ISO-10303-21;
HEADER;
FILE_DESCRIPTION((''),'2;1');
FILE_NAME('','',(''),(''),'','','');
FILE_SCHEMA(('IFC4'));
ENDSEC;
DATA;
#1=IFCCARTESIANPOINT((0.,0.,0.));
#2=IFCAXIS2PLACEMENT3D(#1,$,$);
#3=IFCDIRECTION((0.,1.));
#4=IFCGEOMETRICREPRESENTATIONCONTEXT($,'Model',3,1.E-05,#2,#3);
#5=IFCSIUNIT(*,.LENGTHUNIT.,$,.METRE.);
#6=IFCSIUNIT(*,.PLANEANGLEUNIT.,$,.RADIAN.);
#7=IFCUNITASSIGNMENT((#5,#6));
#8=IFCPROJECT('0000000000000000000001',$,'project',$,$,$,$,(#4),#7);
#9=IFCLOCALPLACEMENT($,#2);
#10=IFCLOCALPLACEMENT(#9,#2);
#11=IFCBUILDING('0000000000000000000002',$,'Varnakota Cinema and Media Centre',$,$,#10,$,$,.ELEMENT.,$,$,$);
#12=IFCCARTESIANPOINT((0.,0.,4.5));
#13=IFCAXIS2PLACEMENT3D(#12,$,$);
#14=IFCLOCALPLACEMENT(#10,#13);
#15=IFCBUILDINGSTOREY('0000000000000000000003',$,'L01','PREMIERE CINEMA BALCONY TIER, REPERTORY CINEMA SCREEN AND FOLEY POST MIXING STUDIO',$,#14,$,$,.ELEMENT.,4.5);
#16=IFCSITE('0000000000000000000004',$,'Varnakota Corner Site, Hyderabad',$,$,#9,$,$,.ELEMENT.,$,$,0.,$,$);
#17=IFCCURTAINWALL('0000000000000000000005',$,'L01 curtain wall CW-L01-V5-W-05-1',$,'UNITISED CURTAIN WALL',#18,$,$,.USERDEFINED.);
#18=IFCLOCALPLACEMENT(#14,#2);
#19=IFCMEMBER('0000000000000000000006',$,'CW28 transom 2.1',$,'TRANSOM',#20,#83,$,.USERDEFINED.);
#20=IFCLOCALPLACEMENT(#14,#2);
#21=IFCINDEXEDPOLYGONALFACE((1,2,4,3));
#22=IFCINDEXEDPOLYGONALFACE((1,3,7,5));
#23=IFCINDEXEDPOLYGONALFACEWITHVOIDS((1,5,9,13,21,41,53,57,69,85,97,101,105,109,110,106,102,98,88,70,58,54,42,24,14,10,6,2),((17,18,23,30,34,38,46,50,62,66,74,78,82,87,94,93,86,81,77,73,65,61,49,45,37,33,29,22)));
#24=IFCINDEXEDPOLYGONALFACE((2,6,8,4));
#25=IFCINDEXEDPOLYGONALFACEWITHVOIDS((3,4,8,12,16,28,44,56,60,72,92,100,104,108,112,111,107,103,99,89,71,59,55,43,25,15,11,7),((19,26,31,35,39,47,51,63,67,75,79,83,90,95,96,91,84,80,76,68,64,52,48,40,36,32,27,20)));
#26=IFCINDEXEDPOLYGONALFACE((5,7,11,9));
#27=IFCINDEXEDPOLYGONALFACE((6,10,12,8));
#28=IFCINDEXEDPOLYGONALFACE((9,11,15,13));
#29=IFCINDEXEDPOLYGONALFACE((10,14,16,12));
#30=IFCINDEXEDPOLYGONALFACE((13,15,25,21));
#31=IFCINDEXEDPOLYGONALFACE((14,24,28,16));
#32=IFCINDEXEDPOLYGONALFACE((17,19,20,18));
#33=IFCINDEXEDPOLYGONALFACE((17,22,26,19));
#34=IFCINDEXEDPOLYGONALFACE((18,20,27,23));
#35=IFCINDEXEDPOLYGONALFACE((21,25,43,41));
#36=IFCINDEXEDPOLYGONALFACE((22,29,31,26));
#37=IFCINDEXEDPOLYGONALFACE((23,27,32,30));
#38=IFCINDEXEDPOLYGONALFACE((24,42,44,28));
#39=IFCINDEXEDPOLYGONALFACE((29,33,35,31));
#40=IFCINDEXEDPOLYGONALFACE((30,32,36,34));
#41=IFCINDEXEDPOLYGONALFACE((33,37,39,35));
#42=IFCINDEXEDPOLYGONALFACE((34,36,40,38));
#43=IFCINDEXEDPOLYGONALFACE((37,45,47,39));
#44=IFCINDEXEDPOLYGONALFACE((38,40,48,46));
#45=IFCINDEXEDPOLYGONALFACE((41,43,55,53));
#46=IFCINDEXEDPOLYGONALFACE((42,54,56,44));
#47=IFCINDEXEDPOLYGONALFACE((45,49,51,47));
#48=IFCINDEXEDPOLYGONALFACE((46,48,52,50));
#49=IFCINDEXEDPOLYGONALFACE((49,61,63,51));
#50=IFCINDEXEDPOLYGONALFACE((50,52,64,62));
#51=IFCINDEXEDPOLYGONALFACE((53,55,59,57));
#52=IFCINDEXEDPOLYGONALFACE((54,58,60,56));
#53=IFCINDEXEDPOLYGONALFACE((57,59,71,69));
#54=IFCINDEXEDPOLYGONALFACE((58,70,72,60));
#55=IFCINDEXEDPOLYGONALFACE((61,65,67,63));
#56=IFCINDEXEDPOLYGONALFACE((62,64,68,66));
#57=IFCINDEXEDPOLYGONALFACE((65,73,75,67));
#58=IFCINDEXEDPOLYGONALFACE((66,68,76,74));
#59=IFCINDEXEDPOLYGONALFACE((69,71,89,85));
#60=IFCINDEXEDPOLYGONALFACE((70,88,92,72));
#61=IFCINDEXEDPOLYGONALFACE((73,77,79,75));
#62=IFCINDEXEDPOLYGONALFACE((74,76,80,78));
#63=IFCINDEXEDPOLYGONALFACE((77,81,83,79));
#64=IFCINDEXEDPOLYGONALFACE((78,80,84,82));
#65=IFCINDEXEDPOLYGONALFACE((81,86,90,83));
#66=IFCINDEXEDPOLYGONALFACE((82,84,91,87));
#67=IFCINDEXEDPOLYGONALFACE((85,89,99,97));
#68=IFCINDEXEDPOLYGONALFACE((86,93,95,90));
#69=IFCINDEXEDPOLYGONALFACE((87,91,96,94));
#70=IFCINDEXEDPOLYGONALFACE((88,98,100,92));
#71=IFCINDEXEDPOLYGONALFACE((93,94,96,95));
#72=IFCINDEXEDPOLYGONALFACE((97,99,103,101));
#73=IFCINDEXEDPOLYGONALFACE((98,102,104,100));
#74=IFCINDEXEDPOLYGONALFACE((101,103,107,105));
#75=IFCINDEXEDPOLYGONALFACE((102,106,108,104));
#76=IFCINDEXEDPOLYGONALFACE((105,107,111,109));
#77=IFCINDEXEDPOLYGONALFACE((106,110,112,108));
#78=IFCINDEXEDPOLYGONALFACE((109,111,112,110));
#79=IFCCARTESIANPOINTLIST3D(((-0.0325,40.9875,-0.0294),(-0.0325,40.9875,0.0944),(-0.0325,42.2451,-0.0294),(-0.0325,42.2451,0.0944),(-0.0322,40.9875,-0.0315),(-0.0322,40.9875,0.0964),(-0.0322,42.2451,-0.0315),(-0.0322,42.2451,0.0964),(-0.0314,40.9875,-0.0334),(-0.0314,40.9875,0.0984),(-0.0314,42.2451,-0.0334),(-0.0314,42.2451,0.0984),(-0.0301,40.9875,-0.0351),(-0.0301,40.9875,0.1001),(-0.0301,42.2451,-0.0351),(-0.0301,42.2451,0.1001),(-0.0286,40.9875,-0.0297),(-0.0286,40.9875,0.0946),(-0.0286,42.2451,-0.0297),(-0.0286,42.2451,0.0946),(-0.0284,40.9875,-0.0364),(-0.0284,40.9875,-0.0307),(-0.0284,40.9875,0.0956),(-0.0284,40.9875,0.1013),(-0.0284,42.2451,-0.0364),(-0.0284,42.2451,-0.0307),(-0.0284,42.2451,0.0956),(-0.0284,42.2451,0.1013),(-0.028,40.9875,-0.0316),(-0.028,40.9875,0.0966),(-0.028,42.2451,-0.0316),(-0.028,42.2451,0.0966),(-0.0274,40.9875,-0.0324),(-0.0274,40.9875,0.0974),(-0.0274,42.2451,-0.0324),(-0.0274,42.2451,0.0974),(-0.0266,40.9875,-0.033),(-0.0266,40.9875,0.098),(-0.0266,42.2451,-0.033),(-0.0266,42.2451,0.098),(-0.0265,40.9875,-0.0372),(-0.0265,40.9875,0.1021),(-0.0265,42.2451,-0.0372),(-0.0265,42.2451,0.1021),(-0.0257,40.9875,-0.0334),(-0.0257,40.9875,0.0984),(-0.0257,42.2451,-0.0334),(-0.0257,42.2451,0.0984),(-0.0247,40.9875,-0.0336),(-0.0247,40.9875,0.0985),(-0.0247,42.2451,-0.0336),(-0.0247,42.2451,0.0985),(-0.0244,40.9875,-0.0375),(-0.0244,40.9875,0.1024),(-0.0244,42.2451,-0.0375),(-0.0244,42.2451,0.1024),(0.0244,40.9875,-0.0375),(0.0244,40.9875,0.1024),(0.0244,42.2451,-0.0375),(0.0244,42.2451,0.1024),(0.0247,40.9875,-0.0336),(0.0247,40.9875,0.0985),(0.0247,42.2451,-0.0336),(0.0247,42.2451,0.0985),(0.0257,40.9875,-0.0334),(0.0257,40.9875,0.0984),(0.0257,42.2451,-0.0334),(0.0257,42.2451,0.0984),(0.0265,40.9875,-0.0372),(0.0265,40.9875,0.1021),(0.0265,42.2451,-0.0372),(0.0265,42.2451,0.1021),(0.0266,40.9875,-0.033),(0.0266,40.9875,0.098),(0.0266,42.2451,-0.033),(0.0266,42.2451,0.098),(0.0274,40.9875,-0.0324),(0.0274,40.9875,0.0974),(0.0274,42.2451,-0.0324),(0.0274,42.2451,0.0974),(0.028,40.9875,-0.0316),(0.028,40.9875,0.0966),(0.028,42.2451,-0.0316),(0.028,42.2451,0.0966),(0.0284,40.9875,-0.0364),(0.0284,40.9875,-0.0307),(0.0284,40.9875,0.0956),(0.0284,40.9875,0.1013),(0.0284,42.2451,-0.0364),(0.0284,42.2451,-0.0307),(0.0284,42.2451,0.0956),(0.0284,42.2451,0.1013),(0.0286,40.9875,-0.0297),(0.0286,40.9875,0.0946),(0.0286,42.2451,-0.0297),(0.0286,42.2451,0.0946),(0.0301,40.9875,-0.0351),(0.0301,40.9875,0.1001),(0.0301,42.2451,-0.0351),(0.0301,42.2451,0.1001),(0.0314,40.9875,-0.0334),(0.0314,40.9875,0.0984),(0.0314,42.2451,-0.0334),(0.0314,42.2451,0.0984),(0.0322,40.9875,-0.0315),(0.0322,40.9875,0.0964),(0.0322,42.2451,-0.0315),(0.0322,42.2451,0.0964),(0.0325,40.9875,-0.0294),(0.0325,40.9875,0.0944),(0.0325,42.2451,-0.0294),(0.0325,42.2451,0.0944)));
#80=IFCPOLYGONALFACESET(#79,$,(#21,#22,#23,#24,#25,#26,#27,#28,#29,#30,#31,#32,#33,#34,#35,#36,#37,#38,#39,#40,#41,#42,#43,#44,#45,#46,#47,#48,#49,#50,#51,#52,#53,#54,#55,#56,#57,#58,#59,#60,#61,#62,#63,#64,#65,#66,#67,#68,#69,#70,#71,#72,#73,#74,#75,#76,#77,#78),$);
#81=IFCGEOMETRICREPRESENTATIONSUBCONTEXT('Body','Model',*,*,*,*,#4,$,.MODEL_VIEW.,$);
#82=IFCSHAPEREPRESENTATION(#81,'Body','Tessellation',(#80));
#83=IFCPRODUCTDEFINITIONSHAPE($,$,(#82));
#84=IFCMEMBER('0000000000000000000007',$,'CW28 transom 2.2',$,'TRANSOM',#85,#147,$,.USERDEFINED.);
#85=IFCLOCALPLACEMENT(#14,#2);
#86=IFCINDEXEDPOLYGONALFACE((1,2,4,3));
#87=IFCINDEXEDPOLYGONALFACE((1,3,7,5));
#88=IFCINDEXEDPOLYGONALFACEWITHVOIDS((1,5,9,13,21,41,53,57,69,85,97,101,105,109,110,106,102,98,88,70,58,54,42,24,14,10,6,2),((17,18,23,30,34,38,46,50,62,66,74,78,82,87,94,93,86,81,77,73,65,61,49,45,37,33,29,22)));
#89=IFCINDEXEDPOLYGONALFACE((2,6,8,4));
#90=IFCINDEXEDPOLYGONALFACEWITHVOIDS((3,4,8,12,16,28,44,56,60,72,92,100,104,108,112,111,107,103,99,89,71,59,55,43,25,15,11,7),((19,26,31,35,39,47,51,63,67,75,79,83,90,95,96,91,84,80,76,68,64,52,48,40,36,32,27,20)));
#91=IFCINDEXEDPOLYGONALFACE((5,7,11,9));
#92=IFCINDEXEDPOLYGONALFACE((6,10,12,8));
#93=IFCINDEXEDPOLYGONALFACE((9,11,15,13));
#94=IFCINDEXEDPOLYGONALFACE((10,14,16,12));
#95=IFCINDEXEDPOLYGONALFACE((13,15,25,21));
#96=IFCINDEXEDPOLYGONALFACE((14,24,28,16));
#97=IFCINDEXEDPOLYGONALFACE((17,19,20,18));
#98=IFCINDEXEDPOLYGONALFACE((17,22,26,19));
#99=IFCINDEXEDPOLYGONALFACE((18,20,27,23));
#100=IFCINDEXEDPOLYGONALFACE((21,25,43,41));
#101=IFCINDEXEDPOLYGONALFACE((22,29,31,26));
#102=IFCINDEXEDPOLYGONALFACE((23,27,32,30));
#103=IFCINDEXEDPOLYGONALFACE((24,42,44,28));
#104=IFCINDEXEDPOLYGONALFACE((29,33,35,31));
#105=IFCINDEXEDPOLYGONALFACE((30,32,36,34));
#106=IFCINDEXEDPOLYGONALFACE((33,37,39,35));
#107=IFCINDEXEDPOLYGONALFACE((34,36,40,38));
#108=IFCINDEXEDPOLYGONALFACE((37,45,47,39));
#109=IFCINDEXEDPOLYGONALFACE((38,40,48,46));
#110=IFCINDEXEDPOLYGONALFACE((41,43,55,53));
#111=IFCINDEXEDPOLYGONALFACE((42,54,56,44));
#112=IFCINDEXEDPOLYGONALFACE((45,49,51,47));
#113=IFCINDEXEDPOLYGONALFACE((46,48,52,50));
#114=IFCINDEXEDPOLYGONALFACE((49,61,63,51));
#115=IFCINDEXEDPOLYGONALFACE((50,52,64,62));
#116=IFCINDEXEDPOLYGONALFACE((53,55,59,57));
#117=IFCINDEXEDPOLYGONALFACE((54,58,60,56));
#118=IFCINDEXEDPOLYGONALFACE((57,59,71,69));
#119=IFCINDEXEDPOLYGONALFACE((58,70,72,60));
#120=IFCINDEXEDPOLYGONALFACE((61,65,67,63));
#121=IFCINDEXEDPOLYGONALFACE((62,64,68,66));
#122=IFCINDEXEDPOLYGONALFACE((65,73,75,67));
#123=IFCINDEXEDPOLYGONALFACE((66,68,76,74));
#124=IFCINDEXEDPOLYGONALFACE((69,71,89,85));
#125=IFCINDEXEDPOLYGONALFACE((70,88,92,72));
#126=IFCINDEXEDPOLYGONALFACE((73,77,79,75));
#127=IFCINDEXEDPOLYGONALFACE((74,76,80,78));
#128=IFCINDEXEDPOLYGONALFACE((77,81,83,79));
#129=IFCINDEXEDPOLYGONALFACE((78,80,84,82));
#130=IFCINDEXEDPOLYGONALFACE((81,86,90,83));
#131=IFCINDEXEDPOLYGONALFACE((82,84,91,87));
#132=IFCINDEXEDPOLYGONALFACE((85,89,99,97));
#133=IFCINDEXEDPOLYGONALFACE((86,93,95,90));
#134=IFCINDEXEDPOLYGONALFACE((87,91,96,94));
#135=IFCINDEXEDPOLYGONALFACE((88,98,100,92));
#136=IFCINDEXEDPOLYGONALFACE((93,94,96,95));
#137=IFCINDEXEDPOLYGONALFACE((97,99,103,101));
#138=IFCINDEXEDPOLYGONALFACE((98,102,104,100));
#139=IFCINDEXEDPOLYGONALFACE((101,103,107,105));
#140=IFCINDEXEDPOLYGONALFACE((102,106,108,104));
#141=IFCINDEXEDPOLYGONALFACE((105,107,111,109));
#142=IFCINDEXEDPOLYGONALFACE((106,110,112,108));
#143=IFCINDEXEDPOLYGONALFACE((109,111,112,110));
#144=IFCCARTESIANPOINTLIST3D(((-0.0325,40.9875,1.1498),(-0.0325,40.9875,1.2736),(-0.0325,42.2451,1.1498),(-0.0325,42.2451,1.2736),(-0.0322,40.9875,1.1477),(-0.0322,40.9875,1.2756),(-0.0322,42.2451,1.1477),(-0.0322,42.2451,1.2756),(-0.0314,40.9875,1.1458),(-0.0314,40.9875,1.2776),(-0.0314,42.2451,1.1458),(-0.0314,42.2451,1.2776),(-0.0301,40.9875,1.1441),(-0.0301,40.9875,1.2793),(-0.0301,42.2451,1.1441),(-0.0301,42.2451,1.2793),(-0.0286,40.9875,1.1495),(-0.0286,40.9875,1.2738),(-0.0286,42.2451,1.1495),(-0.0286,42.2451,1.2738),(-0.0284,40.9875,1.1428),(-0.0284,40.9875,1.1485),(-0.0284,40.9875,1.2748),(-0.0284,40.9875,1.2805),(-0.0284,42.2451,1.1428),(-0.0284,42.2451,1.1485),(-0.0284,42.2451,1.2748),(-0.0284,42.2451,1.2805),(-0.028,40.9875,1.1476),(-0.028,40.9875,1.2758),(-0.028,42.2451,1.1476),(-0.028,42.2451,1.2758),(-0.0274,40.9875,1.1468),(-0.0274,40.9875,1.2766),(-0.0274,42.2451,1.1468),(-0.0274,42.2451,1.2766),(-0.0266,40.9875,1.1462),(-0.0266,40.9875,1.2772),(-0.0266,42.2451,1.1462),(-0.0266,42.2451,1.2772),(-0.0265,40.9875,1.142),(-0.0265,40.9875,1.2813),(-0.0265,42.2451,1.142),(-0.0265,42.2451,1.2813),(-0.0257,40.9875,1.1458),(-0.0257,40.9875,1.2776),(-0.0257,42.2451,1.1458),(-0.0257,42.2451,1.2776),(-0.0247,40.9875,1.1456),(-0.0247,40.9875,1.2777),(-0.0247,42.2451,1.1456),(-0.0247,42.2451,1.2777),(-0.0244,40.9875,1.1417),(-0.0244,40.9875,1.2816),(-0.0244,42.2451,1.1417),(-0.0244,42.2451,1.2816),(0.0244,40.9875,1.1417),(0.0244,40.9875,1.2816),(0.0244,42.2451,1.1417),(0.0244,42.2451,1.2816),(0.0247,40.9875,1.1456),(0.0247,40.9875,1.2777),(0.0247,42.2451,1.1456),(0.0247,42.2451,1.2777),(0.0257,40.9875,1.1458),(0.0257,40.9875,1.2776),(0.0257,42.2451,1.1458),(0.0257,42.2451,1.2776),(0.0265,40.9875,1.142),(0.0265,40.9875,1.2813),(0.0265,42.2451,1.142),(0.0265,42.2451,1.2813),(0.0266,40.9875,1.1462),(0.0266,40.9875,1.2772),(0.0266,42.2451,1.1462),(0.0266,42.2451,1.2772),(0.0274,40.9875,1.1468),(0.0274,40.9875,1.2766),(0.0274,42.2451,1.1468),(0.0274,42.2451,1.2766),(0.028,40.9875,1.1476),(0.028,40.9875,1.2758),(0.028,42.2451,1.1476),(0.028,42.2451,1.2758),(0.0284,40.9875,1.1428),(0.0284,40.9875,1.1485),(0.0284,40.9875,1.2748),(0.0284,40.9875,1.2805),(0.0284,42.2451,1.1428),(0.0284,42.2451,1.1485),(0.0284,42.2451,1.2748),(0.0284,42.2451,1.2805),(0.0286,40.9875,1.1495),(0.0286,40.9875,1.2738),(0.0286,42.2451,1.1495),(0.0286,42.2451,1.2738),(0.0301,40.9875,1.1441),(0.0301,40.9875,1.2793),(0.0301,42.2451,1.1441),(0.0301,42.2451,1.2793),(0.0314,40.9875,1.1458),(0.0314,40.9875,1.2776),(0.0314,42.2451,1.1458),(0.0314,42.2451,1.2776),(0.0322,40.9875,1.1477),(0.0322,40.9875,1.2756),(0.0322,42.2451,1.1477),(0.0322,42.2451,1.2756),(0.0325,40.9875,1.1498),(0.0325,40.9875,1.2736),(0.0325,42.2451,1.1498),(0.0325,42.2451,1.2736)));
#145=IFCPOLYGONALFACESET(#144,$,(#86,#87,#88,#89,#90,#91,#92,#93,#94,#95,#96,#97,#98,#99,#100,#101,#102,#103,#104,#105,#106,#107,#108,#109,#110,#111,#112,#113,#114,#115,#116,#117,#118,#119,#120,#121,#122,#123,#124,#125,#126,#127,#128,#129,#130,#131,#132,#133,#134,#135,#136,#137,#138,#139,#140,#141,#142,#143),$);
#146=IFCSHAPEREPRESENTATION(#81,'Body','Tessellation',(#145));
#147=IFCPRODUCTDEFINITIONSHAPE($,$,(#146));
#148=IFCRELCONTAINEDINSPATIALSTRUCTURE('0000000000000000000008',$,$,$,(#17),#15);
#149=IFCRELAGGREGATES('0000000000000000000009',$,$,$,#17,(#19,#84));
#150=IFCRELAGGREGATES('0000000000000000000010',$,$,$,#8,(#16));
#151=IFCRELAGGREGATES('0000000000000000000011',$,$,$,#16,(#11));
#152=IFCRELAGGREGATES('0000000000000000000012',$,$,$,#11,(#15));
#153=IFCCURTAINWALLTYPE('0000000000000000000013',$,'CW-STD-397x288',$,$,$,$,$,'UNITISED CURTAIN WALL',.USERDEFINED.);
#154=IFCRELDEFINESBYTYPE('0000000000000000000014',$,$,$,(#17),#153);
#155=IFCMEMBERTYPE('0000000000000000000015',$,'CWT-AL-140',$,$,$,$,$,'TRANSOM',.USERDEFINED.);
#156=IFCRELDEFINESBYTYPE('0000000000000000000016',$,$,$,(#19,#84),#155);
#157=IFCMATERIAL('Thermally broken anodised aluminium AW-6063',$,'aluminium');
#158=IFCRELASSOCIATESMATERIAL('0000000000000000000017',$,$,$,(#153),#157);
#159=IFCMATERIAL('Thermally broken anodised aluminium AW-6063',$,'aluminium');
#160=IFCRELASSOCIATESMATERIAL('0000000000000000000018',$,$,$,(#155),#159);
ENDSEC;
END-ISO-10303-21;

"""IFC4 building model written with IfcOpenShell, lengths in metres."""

from ifc_helpers import new_model, si_unit, direction, frame, origin, origin_2d, place, context, subcontext, project, spatial, hollow_rectangle, extrude, material, material_profile, profile_set, type_object, element, aggregate, save


model = new_model("IFC4")

# Units and contexts
model_context = context("Model", 3, precision=1e-05, world=origin(), true_north=direction((0.0, 1.0)))
body_context = subcontext(model_context, "Body", "Model", "MODEL_VIEW")
ifc_project = project(units=[si_unit("LENGTHUNIT", "METRE"), si_unit("PLANEANGLEUNIT", "RADIAN")], contexts=[model_context])

# Site, building, storey
site_placement = place(None, origin())
site = spatial("IfcSite", under=ifc_project, at=site_placement, Name="Varnakota Corner Site, Hyderabad", CompositionType="ELEMENT", RefElevation=0.0)
building_placement = place(site_placement, origin())
building = spatial("IfcBuilding", under=site, at=building_placement, Name="Varnakota Cinema and Media Centre", CompositionType="ELEMENT")
storey_placement = place(building_placement, frame((0.0, 0.0, 4.5)))
storey = spatial("IfcBuildingStorey", under=building, at=storey_placement, Name="L01", Description="PREMIERE CINEMA BALCONY TIER, REPERTORY CINEMA SCREEN AND FOLEY POST MIXING STUDIO", CompositionType="ELEMENT", Elevation=4.5)

# Curtain wall, members
ifc_material_1 = material(Name="Thermally broken anodised aluminium AW-6063", Category="aluminium")
curtain_wall_type = type_object("IfcCurtainWallType", Name="CW-STD-397x288", ElementType="UNITISED CURTAIN WALL", PredefinedType="USERDEFINED", material=ifc_material_1)
curtain_wall_placement = place(storey_placement, origin())
curtain_wall = element("IfcCurtainWall", 1, at=curtain_wall_placement, inside=storey, type_object=curtain_wall_type, Name="L01 curtain wall CW-L01-V5-W-05-1", ObjectType="UNITISED CURTAIN WALL", PredefinedType="USERDEFINED")
ifc_material_2 = material(Name="Thermally broken anodised aluminium AW-6063", Category="aluminium")
ifc_material_profile_1 = material_profile(ifc_material_2, hollow_rectangle(XDim=0.0649, YDim=0.1399, WallThickness=0.0039, InnerFilletRadius=0.0039, OuterFilletRadius=0.0081, at=origin_2d()), Name="AL-TRANSOM 140x65x4")
ifc_profile_set_1 = profile_set([ifc_material_profile_1], Name="Thermally broken anodised aluminium AW-6063")
member_type_1 = type_object("IfcMemberType", Name="CWT-AL-140", ElementType="TRANSOM", PredefinedType="USERDEFINED", material=ifc_profile_set_1)
member_1_placement = place(storey_placement, frame((0.0, 42.2451, 0.0325), z_axis=(0.0, -1.0, 0.0), x_axis=(1.0, 0.0, 0.0)))
member_1 = element("IfcMember", 2, at=member_1_placement, type_object=member_type_1, Name="CW28 transom 2.1", ObjectType="TRANSOM", PredefinedType="USERDEFINED", context=body_context, shape_type="SweptSolid", body=[
    extrude(hollow_rectangle(XDim=0.0649, YDim=0.1399, WallThickness=0.0039, InnerFilletRadius=0.0039, OuterFilletRadius=0.0081, at=origin_2d()), origin(), (0.0, 0.0, 1.0), 1.2576),
])
member_2_placement = place(storey_placement, frame((0.0, 42.2451, 1.2117), z_axis=(0.0, -1.0, 0.0), x_axis=(1.0, 0.0, 0.0)))
member_2 = element("IfcMember", 3, at=member_2_placement, type_object=member_type_1, Name="CW28 transom 2.2", ObjectType="TRANSOM", PredefinedType="USERDEFINED", context=body_context, shape_type="SweptSolid", body=[
    extrude(hollow_rectangle(XDim=0.0649, YDim=0.1399, WallThickness=0.0039, InnerFilletRadius=0.0039, OuterFilletRadius=0.0081, at=origin_2d()), origin(), (0.0, 0.0, 1.0), 1.2576),
])
aggregate(curtain_wall, [member_1, member_2])

save(model, "model.ifc")
